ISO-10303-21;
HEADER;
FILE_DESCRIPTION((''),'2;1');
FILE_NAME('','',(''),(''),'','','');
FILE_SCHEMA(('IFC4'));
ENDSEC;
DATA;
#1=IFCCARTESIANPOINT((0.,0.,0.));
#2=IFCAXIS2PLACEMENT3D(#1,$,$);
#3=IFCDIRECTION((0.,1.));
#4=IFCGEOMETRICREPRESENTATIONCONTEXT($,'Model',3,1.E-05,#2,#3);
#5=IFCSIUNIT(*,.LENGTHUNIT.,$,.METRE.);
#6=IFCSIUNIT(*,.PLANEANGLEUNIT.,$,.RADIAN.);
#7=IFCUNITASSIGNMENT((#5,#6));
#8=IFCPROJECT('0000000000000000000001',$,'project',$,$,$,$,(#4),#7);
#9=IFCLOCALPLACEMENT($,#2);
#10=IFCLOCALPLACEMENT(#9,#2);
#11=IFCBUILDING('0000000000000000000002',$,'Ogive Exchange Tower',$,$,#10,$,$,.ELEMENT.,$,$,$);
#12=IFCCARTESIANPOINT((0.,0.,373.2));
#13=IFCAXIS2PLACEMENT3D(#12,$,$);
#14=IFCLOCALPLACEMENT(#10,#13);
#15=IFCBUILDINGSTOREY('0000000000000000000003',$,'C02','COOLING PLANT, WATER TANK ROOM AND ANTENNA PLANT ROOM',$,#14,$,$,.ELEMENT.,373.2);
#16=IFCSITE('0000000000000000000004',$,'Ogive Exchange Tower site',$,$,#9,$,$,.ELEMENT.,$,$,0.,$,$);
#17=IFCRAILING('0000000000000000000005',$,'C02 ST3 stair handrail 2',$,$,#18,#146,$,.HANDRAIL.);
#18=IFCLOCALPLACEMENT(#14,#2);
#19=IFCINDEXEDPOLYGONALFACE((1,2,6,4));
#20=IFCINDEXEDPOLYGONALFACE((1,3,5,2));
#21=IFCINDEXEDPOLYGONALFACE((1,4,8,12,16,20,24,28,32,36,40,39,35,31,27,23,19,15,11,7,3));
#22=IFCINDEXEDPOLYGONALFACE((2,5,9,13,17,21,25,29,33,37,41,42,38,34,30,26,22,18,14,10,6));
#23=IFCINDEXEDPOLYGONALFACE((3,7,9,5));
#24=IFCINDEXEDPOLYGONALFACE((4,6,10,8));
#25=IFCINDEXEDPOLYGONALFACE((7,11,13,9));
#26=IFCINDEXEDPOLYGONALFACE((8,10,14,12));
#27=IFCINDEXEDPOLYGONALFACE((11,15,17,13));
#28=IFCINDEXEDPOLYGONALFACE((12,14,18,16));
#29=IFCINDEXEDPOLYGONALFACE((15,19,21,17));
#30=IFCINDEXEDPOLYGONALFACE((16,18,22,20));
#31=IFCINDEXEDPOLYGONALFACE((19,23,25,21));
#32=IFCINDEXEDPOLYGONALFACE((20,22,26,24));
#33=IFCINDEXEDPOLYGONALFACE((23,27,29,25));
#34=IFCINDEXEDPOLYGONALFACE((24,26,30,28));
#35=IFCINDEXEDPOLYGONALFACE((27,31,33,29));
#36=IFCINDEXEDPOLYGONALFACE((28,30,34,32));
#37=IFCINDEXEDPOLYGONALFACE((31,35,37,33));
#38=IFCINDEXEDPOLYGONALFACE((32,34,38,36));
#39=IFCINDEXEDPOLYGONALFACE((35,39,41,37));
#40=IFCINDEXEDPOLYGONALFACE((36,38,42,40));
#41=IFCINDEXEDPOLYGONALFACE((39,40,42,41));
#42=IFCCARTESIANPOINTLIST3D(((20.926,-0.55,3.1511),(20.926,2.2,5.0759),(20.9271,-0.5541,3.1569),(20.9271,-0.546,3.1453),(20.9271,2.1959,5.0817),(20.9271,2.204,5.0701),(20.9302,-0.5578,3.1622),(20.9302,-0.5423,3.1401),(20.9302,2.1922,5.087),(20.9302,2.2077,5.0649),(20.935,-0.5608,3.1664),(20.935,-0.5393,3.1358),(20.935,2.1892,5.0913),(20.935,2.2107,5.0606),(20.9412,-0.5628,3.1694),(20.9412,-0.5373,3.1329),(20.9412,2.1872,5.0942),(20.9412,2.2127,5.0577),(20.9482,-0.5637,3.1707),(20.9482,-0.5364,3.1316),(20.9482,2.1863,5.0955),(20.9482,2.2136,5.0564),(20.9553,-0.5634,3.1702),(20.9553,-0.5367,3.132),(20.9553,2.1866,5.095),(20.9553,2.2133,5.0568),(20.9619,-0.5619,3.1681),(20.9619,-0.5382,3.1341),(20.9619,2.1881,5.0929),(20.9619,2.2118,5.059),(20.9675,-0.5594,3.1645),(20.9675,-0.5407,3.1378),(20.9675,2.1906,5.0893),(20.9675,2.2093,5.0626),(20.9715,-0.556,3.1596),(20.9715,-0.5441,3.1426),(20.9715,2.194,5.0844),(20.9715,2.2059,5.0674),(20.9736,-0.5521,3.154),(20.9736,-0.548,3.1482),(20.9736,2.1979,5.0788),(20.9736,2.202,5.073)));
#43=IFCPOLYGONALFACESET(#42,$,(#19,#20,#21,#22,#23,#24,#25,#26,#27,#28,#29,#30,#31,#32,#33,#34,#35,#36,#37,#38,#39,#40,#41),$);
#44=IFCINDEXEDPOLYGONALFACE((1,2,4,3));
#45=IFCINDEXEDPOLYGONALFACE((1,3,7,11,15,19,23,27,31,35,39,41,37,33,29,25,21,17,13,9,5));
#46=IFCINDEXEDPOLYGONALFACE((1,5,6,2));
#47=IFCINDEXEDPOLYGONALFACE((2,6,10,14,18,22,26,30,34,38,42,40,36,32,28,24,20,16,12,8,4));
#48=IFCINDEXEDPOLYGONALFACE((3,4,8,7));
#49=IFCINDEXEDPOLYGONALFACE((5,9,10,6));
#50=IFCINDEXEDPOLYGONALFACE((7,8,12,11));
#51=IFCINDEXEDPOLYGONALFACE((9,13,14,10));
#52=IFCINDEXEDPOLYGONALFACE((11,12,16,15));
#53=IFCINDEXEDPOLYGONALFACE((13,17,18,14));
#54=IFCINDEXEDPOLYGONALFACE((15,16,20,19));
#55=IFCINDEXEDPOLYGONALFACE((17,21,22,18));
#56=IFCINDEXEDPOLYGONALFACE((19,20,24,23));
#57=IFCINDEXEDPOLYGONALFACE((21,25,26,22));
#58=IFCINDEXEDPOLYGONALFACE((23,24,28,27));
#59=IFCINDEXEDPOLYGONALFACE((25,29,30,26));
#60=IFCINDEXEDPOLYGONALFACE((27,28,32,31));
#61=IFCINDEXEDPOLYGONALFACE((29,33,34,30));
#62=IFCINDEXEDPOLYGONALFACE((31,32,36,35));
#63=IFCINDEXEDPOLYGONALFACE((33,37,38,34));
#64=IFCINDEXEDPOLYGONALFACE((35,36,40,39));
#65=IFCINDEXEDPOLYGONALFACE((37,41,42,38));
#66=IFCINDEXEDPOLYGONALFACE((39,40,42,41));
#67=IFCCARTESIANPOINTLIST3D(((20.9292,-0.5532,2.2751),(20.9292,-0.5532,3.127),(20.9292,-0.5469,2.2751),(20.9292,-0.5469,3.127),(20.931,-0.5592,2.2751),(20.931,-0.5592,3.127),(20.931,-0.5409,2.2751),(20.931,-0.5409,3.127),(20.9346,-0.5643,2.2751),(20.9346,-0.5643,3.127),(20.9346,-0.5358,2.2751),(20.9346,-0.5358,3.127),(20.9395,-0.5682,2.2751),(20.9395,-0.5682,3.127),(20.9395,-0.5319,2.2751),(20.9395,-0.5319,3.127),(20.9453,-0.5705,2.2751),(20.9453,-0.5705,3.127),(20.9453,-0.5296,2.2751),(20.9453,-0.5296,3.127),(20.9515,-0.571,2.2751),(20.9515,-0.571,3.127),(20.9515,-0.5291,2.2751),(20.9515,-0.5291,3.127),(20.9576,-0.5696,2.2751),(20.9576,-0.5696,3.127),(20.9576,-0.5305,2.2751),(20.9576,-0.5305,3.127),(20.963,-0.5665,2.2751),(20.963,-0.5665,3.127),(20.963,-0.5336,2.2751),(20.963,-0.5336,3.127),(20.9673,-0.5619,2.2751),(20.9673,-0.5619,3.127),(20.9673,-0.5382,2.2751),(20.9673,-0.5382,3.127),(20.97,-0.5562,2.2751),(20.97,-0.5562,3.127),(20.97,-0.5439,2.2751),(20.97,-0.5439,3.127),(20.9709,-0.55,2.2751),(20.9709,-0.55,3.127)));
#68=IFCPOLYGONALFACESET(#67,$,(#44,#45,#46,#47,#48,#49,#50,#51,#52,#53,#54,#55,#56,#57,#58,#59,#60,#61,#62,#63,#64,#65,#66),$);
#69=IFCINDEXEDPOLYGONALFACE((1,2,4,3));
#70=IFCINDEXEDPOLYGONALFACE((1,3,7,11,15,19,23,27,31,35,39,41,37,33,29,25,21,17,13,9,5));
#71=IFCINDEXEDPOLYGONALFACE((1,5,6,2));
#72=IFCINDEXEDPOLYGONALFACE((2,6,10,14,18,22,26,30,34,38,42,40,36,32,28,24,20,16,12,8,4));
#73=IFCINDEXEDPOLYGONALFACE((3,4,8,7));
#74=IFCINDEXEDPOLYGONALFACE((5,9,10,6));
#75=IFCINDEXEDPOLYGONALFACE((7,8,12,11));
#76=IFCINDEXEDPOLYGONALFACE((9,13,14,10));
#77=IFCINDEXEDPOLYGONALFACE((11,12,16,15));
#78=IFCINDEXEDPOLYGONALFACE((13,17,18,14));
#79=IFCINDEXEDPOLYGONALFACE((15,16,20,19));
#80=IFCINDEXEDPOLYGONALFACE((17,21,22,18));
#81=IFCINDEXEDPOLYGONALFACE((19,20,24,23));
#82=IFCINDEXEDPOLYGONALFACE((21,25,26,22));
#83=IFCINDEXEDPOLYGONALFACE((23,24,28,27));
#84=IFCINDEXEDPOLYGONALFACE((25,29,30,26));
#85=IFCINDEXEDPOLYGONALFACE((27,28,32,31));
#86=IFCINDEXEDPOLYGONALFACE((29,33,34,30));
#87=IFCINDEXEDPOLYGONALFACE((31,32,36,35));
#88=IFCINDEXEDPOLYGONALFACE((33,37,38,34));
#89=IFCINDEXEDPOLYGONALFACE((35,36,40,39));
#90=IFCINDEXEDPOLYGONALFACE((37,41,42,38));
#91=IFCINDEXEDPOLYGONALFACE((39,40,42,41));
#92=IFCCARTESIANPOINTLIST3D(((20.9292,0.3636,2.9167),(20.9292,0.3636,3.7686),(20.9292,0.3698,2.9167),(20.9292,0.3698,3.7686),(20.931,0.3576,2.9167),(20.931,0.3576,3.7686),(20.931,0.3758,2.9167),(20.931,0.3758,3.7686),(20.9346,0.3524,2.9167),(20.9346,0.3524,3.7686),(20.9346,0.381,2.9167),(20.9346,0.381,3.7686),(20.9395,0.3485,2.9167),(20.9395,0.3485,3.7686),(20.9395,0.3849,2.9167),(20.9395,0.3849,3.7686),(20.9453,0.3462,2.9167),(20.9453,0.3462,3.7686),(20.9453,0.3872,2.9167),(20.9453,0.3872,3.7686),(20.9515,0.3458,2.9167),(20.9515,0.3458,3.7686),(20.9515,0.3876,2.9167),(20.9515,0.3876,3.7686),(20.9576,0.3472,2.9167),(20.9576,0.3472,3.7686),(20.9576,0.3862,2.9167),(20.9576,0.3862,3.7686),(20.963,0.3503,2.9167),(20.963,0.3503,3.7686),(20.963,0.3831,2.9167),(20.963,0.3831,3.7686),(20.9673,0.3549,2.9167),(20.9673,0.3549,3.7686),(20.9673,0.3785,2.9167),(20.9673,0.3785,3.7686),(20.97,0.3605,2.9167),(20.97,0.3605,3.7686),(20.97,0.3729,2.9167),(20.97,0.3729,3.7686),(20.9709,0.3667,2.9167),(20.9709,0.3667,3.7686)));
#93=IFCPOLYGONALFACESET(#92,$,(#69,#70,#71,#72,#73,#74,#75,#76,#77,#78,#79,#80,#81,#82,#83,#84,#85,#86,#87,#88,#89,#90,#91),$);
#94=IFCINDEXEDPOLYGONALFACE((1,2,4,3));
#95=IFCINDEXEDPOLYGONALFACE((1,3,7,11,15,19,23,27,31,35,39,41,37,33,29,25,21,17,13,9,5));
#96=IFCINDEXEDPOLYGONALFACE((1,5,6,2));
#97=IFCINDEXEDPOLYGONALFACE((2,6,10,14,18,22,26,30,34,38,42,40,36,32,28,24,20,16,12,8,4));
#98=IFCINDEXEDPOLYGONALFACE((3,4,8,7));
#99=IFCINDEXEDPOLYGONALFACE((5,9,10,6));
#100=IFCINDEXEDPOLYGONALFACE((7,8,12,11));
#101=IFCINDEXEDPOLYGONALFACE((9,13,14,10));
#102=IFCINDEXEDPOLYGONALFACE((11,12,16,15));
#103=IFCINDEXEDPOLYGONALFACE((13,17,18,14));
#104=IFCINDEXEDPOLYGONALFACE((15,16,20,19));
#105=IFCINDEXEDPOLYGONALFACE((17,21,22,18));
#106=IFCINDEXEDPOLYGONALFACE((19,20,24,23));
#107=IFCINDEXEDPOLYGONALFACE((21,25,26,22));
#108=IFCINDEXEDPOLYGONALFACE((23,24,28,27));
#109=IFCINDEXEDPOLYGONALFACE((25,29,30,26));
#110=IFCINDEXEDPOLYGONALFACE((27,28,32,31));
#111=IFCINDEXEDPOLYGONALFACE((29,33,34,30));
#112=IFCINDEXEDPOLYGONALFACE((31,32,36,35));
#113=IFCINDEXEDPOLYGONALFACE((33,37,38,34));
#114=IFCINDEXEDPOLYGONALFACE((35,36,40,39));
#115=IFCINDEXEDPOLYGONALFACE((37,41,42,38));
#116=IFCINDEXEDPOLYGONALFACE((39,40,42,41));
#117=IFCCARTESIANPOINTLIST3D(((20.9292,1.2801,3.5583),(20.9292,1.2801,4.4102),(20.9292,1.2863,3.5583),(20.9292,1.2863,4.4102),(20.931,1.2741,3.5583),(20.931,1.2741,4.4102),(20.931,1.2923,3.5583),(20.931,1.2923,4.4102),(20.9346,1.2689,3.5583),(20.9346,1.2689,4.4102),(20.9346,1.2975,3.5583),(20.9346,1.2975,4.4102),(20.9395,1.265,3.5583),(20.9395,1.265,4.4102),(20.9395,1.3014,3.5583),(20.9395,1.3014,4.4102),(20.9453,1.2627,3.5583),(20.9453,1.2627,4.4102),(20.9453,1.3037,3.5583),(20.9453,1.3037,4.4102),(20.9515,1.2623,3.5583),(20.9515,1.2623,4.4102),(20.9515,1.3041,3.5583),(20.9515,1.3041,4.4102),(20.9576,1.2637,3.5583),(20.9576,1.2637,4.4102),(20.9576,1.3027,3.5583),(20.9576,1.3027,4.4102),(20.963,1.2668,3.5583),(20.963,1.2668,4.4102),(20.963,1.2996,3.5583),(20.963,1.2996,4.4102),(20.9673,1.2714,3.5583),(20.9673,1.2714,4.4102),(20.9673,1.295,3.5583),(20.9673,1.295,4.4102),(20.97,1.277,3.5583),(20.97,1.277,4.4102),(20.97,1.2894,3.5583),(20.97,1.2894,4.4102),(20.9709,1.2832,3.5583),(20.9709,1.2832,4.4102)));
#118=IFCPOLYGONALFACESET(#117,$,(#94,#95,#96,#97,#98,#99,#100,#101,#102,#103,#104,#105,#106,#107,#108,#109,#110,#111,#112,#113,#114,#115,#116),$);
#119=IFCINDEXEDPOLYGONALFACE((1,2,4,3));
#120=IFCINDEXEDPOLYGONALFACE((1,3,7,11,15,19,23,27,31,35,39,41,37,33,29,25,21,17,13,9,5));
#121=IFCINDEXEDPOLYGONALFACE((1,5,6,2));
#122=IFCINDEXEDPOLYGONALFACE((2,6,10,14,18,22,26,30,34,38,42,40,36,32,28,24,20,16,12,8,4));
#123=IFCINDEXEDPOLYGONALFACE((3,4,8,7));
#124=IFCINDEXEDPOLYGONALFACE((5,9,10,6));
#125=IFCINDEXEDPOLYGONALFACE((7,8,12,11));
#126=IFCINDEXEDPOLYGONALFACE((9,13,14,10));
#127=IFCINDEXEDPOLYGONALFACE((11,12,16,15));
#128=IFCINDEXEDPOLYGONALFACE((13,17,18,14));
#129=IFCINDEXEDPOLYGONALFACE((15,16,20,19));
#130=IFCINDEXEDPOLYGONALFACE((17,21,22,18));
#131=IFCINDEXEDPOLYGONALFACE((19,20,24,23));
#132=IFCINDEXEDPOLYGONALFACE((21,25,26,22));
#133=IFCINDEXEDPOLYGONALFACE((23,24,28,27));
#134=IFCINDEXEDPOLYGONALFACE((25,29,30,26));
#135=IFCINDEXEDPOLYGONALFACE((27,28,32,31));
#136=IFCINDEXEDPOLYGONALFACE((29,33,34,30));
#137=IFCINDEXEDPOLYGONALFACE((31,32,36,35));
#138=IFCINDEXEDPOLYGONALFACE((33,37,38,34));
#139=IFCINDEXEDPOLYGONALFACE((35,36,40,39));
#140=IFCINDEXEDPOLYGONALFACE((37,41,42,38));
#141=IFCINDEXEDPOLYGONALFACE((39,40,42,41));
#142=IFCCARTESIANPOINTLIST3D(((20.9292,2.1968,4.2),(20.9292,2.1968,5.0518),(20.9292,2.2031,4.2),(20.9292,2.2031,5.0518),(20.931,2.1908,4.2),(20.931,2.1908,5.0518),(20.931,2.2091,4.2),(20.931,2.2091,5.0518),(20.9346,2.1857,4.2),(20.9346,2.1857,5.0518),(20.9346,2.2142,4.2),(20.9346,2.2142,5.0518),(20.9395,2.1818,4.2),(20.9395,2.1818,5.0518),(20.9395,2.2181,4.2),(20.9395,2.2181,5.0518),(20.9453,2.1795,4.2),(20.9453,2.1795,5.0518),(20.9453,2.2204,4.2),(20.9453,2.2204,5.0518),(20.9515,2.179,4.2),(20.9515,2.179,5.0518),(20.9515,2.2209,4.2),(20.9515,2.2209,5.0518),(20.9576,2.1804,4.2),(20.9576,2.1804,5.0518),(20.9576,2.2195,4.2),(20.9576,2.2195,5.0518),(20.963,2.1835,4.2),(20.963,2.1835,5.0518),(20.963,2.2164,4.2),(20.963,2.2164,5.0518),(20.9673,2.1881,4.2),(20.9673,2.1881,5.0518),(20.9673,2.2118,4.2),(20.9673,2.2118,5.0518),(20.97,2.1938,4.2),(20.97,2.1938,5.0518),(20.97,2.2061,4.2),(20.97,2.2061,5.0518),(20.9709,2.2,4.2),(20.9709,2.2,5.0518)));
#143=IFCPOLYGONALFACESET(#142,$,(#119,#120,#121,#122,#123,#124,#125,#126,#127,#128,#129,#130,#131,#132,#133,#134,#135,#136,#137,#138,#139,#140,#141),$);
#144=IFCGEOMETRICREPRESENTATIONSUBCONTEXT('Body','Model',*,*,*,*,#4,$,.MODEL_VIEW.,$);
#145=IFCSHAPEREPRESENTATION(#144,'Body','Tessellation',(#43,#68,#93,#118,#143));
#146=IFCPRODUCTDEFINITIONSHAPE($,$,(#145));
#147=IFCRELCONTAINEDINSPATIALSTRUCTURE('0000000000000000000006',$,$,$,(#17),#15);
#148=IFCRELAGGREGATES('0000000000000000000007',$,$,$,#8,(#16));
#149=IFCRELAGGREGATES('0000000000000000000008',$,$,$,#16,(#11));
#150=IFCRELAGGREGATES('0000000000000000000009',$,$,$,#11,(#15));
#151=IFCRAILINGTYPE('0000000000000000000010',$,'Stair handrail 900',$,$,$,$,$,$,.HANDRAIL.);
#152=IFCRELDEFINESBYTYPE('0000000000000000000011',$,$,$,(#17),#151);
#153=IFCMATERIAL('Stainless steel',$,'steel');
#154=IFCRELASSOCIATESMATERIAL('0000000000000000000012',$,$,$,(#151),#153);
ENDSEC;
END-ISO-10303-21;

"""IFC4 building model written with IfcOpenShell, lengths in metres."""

from ifc_helpers import new_model, si_unit, direction, frame, origin, origin_2d, place, context, subcontext, project, spatial, circle, extrude, material, type_object, element, save


model = new_model("IFC4")

# Units and contexts
model_context = context("Model", 3, precision=1e-05, world=origin(), true_north=direction((0.0, 1.0)))
body_context = subcontext(model_context, "Body", "Model", "MODEL_VIEW")
ifc_project = project(units=[si_unit("LENGTHUNIT", "METRE"), si_unit("PLANEANGLEUNIT", "RADIAN")], contexts=[model_context])

# Site, building, storey
site_placement = place(None, origin())
site = spatial("IfcSite", under=ifc_project, at=site_placement, Name="Ogive Exchange Tower site", CompositionType="ELEMENT", RefElevation=0.0)
building_placement = place(site_placement, origin())
building = spatial("IfcBuilding", under=site, at=building_placement, Name="Ogive Exchange Tower", CompositionType="ELEMENT")
storey_placement = place(building_placement, frame((0.0, 0.0, 373.2)))
storey = spatial("IfcBuildingStorey", under=building, at=storey_placement, Name="C02", Description="COOLING PLANT, WATER TANK ROOM AND ANTENNA PLANT ROOM", CompositionType="ELEMENT", Elevation=373.2)

# Railing
ifc_material_1 = material(Name="Stainless steel", Category="steel")
railing_type = type_object("IfcRailingType", Name="Stair handrail 900", PredefinedType="HANDRAIL", material=ifc_material_1)
railing_placement = place(storey_placement, frame((20.95, -0.55, 2.2751)))
element("IfcRailing", 1, at=railing_placement, inside=storey, type_object=railing_type, Name="C02 ST3 stair handrail 2", PredefinedType="HANDRAIL", context=body_context, shape_type="SweptSolid", body=[
    extrude(circle(Radius=0.0239, at=origin_2d()), frame((0.0, 0.0, 0.876), z_axis=(0.0, 0.819259, 0.573423), x_axis=(-1.0, 0.0, 0.0)), (0.0, 0.0, 1.0), 3.3567),
    extrude(circle(Radius=0.021, at=origin_2d()), origin(), (0.0, 0.0, 1.0), 0.8518),
    extrude(circle(Radius=0.021, at=origin_2d()), frame((0.0, 0.9167, 0.6416)), (0.0, 0.0, 1.0), 0.8518),
    extrude(circle(Radius=0.021, at=origin_2d()), frame((0.0, 1.8333, 1.2832)), (0.0, 0.0, 1.0), 0.8518),
    extrude(circle(Radius=0.021, at=origin_2d()), frame((0.0, 2.75, 1.9248)), (0.0, 0.0, 1.0), 0.8518),
])

save(model, "model.ifc")
